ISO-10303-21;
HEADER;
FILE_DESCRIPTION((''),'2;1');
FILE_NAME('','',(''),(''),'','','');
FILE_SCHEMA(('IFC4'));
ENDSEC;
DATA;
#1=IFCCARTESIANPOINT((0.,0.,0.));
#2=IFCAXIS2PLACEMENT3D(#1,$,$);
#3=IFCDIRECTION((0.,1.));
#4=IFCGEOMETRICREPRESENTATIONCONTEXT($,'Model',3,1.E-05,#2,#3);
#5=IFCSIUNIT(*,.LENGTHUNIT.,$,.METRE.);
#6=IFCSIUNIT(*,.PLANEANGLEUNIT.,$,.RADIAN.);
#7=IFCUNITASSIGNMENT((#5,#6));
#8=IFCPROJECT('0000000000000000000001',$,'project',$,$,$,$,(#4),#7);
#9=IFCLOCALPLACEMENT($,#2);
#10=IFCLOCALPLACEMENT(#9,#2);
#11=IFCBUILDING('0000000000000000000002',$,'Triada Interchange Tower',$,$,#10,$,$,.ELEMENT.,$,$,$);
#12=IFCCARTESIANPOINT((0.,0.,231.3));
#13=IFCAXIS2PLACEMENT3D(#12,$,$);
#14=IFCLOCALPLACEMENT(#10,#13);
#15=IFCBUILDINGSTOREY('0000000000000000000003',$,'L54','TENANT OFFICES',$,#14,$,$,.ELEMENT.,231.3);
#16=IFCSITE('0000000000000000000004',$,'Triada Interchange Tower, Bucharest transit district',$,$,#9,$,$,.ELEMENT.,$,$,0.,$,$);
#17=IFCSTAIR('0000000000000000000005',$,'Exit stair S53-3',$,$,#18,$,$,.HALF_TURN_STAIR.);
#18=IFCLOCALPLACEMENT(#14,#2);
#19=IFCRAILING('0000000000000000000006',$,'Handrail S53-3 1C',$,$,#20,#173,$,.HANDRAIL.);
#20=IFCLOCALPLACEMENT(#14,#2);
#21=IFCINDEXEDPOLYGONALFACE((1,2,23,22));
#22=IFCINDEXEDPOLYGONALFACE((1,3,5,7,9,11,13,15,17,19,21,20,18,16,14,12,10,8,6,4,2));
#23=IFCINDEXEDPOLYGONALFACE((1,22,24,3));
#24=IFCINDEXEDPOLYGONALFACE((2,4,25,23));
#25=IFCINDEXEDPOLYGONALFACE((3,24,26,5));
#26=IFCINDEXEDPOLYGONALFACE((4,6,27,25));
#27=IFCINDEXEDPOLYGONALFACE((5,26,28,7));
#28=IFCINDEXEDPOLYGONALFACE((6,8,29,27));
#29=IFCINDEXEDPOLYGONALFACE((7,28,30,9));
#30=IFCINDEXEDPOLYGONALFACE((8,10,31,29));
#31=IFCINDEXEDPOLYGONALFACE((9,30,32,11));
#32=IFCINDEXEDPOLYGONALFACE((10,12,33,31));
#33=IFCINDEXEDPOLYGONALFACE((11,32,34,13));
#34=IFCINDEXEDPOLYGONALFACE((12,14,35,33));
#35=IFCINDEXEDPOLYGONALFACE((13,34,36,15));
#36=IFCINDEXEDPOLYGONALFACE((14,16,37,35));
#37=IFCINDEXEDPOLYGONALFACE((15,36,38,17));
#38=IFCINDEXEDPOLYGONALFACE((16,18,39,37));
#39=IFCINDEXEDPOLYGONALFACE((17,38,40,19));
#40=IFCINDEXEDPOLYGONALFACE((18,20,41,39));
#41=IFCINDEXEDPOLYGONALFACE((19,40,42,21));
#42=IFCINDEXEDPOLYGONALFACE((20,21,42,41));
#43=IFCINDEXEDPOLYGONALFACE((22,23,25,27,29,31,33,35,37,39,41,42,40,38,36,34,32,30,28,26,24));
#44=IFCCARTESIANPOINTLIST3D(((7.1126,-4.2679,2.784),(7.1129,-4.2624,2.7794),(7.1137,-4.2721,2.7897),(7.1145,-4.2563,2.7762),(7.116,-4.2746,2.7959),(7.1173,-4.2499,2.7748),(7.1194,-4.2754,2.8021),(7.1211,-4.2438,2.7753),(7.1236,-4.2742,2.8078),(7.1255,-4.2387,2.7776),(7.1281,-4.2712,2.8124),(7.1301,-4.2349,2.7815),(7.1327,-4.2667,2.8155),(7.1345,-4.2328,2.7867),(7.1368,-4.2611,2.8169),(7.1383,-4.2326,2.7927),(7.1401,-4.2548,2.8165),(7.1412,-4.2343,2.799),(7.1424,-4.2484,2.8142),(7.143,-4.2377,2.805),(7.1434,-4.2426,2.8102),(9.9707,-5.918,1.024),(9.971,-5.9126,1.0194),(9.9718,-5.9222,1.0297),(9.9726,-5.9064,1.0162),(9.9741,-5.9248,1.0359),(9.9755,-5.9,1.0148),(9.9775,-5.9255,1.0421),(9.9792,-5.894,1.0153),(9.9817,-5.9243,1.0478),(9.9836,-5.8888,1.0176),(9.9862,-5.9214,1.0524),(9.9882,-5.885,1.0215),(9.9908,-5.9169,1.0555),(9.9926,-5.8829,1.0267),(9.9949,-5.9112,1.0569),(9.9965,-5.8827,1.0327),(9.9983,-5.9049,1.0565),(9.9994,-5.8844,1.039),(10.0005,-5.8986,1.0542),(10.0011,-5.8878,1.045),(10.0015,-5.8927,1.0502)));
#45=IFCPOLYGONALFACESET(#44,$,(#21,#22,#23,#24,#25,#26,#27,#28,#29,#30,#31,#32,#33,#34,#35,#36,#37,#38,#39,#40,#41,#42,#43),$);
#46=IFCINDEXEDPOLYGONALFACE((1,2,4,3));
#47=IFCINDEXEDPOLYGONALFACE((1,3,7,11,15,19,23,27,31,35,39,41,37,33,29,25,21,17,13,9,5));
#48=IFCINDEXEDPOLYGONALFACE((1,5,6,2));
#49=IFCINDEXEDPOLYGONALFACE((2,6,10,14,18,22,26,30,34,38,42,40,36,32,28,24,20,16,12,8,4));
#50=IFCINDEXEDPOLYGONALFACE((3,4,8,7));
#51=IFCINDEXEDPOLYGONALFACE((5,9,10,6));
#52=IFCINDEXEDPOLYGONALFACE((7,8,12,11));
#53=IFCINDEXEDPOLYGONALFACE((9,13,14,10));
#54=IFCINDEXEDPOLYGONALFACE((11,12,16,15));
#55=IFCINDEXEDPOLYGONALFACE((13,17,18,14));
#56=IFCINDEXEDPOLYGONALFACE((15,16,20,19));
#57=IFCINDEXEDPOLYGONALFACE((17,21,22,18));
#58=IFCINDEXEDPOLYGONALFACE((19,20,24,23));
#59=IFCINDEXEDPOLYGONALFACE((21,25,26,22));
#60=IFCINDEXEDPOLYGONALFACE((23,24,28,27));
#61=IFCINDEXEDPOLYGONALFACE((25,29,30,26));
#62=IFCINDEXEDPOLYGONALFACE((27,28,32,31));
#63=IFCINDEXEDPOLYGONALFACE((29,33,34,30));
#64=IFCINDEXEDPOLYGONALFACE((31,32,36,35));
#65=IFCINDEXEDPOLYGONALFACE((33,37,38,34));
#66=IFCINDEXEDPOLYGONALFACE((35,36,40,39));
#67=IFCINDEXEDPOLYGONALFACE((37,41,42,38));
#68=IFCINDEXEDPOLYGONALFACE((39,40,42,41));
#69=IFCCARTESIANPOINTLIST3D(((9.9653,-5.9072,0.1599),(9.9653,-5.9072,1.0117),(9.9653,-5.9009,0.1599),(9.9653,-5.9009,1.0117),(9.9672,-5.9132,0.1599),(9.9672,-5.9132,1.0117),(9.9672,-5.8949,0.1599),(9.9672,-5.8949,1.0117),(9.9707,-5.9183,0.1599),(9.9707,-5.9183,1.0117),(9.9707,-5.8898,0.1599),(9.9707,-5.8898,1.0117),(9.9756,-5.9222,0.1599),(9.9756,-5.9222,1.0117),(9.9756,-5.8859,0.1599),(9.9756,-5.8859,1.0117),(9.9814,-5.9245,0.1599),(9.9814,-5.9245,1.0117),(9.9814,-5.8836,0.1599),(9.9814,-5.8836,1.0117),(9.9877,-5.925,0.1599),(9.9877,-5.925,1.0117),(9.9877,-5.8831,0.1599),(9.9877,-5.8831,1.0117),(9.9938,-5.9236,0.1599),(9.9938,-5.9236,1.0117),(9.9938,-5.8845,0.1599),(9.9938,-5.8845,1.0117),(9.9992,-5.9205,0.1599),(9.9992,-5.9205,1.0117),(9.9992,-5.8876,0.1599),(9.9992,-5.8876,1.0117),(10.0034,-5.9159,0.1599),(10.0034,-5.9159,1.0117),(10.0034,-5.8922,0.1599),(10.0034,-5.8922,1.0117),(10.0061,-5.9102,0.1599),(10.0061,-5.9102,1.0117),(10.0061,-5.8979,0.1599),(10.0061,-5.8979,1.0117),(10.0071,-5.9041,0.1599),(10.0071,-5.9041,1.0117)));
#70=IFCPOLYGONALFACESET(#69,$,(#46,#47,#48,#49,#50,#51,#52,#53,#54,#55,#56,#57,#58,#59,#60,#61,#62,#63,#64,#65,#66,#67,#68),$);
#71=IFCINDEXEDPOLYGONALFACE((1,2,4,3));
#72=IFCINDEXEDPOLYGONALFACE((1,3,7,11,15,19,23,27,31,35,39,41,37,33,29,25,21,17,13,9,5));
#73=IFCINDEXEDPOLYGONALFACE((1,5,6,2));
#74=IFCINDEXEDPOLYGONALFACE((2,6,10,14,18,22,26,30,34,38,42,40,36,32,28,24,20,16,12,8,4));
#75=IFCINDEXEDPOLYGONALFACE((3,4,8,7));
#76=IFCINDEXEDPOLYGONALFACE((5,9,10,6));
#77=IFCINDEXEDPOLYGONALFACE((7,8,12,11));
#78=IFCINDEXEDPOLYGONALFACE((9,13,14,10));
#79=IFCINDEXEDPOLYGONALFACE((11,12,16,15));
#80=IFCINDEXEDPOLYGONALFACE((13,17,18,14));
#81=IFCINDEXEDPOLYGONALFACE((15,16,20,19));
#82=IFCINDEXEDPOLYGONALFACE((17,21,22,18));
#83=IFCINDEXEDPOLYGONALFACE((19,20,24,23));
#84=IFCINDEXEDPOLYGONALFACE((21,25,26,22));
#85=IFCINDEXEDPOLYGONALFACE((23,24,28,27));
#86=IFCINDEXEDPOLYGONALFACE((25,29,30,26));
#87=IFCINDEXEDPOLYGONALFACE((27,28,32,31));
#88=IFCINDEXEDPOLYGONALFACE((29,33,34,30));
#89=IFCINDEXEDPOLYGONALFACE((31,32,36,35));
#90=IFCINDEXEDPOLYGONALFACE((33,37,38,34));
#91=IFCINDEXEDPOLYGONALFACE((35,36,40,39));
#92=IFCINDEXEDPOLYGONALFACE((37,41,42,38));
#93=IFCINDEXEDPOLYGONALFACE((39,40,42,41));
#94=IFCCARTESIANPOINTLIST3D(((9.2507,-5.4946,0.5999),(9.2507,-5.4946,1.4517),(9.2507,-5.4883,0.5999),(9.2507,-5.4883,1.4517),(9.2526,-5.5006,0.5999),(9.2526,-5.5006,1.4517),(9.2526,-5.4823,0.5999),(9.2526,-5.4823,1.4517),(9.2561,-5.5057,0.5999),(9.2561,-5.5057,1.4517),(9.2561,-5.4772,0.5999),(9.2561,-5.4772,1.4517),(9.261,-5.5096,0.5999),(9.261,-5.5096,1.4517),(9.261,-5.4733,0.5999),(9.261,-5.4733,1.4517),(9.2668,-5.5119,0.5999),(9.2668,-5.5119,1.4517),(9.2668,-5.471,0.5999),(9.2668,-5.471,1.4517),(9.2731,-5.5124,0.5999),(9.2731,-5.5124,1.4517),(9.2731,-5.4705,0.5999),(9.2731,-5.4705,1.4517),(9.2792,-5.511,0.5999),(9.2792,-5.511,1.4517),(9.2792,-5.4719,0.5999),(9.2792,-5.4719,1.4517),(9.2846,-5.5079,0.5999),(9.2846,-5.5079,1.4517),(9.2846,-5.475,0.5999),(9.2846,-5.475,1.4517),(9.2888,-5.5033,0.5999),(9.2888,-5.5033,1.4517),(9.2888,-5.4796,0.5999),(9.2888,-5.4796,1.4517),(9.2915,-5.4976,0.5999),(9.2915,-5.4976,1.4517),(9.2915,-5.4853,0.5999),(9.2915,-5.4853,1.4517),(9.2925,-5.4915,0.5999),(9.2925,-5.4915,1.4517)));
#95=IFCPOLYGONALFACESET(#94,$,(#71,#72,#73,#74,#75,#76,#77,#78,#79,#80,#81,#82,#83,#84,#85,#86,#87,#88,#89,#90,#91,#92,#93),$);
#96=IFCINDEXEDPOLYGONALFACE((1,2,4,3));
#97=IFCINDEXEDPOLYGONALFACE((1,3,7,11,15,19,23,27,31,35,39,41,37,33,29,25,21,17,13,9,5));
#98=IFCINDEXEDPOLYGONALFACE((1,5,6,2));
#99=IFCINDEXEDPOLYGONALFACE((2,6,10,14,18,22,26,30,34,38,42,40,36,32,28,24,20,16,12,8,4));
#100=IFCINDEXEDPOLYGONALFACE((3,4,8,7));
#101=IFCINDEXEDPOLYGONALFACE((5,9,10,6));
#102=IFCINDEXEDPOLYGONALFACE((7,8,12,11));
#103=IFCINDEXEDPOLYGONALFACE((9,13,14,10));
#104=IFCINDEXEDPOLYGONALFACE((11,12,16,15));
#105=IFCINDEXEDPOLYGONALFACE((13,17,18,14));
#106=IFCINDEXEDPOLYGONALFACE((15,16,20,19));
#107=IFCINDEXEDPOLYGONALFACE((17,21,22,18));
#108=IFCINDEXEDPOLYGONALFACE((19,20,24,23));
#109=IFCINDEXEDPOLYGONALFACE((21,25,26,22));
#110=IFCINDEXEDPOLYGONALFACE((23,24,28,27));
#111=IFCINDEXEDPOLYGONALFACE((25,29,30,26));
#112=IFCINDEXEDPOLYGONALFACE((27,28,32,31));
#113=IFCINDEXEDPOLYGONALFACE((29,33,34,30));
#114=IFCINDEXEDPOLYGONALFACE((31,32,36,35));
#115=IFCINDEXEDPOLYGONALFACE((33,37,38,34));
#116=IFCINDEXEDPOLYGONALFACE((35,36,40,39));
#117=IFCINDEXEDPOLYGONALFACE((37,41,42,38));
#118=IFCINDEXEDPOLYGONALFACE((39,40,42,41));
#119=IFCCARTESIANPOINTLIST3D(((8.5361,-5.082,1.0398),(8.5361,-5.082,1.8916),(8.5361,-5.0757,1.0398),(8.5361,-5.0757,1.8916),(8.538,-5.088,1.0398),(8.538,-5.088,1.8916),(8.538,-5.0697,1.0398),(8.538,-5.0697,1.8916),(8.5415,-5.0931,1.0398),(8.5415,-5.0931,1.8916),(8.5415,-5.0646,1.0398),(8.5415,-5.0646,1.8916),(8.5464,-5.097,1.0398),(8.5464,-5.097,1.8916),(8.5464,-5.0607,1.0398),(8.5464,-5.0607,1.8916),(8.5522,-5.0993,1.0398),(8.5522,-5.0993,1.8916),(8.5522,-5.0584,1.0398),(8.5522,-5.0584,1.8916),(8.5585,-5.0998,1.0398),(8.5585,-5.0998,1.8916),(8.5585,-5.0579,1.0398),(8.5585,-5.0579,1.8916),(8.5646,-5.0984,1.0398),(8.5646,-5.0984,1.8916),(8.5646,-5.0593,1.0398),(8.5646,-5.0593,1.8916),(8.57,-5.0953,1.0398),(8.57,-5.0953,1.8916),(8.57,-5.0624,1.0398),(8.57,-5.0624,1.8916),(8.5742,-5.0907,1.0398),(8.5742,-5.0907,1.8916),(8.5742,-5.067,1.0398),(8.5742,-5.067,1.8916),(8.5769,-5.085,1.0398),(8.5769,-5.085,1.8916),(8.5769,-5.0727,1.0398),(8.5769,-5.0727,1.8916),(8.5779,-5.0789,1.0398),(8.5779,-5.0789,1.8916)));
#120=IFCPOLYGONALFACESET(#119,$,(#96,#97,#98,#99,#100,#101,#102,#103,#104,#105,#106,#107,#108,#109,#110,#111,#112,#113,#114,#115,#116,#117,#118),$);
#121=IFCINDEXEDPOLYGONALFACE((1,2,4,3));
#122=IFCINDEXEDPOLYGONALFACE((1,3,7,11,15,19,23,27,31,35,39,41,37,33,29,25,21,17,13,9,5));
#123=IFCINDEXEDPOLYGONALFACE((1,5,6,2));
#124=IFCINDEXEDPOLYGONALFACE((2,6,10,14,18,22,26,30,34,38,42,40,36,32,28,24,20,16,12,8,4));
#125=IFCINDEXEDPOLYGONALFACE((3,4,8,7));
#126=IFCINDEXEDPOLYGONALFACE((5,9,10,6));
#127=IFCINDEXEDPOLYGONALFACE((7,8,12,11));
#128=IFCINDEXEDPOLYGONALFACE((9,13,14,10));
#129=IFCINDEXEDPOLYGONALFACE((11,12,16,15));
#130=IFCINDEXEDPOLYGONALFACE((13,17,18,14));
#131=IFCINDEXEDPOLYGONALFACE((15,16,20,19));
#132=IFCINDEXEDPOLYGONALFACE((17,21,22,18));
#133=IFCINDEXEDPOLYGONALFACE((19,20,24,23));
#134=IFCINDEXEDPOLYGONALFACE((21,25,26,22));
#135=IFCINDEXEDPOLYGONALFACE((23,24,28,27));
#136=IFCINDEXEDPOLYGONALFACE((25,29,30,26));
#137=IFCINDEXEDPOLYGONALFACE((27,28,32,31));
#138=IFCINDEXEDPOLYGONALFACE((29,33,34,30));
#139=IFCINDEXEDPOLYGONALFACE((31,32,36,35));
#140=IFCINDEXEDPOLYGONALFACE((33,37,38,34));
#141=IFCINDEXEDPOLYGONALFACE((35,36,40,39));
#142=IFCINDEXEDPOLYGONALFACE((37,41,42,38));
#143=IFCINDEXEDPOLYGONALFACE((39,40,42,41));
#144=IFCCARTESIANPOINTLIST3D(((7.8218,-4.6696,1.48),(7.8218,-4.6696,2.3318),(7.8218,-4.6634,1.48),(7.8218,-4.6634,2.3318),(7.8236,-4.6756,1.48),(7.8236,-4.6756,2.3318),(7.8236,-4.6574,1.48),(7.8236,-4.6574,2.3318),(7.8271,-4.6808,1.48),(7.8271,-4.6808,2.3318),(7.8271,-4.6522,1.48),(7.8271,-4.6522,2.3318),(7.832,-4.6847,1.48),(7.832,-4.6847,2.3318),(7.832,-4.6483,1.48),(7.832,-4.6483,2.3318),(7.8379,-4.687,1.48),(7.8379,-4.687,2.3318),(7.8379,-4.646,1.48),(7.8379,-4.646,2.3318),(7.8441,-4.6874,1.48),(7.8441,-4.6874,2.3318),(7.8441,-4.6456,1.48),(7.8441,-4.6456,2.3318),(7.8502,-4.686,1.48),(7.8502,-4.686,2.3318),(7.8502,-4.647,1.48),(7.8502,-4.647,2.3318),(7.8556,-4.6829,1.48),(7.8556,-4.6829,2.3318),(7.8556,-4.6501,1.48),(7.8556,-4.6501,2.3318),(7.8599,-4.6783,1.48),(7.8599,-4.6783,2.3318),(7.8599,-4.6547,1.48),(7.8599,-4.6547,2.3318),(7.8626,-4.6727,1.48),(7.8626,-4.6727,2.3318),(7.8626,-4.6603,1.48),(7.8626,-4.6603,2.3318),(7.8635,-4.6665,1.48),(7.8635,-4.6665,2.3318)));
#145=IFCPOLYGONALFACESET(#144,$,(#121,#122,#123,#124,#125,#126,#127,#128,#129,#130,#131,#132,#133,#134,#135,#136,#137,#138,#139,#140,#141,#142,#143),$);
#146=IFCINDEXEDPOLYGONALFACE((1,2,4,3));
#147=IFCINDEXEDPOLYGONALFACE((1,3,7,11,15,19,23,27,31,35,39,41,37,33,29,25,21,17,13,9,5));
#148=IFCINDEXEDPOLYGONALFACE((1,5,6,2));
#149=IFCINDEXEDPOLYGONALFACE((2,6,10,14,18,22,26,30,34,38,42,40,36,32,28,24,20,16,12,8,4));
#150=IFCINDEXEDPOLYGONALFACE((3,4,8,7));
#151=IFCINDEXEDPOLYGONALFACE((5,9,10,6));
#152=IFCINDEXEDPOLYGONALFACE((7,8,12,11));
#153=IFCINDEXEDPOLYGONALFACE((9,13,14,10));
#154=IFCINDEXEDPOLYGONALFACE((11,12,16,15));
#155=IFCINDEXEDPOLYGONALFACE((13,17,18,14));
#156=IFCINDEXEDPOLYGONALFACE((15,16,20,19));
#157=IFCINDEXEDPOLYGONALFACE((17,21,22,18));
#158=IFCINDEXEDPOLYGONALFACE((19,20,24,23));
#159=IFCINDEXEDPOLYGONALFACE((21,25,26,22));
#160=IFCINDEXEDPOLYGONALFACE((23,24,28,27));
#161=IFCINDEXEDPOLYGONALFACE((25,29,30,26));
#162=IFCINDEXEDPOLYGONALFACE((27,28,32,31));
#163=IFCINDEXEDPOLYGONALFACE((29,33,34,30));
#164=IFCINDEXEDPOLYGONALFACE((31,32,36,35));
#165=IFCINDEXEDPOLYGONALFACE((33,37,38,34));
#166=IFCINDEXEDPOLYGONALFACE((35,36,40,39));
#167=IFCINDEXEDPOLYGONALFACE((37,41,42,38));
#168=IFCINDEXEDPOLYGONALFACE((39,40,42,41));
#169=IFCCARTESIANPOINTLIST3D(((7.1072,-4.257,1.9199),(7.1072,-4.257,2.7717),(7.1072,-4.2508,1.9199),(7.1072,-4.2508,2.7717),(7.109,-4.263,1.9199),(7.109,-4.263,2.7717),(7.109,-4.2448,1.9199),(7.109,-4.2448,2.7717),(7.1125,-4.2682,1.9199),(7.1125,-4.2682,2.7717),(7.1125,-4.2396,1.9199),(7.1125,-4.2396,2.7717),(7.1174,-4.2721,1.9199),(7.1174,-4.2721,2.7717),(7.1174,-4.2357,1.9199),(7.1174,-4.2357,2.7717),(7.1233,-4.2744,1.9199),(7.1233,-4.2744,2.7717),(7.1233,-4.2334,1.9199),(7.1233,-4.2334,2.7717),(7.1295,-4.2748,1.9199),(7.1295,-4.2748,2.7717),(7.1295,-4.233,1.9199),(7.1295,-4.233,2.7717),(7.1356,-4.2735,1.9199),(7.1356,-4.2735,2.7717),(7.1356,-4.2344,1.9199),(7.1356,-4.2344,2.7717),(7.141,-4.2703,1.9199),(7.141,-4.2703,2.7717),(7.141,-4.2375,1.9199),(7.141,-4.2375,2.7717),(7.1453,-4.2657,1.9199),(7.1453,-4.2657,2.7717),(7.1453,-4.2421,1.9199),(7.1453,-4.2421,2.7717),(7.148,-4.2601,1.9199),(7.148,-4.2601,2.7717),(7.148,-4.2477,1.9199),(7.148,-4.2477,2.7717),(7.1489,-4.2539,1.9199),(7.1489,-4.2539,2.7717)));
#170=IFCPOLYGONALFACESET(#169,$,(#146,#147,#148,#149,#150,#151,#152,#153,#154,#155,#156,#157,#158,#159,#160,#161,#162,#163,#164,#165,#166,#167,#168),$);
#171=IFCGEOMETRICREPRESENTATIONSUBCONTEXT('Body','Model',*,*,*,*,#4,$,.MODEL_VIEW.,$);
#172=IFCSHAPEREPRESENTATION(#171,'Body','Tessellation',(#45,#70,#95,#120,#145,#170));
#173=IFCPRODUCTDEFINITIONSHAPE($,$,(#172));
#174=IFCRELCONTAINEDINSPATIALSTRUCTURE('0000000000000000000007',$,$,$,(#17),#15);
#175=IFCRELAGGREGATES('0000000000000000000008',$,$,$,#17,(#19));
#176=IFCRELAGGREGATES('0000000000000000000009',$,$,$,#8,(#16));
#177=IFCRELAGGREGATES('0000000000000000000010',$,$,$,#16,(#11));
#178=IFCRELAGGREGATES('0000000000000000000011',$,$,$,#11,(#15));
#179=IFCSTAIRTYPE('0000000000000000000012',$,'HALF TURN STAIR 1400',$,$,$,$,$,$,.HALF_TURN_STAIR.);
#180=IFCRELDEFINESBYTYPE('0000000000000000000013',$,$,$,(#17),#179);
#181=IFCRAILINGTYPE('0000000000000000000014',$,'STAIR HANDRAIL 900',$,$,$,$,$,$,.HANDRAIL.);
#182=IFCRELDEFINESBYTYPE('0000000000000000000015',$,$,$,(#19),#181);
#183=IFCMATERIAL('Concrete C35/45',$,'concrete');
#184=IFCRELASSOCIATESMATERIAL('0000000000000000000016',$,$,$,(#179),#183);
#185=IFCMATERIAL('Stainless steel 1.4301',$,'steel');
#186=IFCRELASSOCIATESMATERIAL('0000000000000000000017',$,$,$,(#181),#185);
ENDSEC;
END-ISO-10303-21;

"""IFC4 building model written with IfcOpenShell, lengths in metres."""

from ifc_helpers import new_model, si_unit, direction, frame, origin, origin_2d, place, context, subcontext, project, spatial, circle, extrude, material, type_object, element, aggregate, save


model = new_model("IFC4")

# Units and contexts
model_context = context("Model", 3, precision=1e-05, world=origin(), true_north=direction((0.0, 1.0)))
body_context = subcontext(model_context, "Body", "Model", "MODEL_VIEW")
ifc_project = project(units=[si_unit("LENGTHUNIT", "METRE"), si_unit("PLANEANGLEUNIT", "RADIAN")], contexts=[model_context])

# Site, building, storey
site_placement = place(None, origin())
site = spatial("IfcSite", under=ifc_project, at=site_placement, Name="Triada Interchange Tower, Bucharest transit district", CompositionType="ELEMENT", RefElevation=0.0)
building_placement = place(site_placement, origin())
building = spatial("IfcBuilding", under=site, at=building_placement, Name="Triada Interchange Tower", CompositionType="ELEMENT")
storey_placement = place(building_placement, frame((0.0, 0.0, 231.3)))
storey = spatial("IfcBuildingStorey", under=building, at=storey_placement, Name="L54", Description="TENANT OFFICES", CompositionType="ELEMENT", Elevation=231.3)

# Stair, railing
ifc_material_1 = material(Name="Concrete C35/45", Category="concrete")
stair_type = type_object("IfcStairType", Name="HALF TURN STAIR 1400", PredefinedType="HALF_TURN_STAIR", material=ifc_material_1)
stair_placement = place(storey_placement, origin())
stair = element("IfcStair", 1, at=stair_placement, inside=storey, type_object=stair_type, Name="Exit stair S53-3", PredefinedType="HALF_TURN_STAIR")
ifc_material_2 = material(Name="Stainless steel 1.4301", Category="steel")
railing_type = type_object("IfcRailingType", Name="STAIR HANDRAIL 900", PredefinedType="HANDRAIL", material=ifc_material_2)
railing_1_placement = place(storey_placement, frame((9.9861, -5.9041, 0.1599)))
railing_1 = element("IfcRailing", 2, at=railing_1_placement, type_object=railing_type, Name="Handrail S53-3 1C", PredefinedType="HANDRAIL", context=body_context, shape_type="SweptSolid", body=[
    extrude(circle(Radius=0.0239, at=origin_2d()), frame((0.0, 0.0, 0.876), z_axis=(-0.764156, 0.441183, 0.470556), x_axis=(-0.499998, -0.866027, 0.0)), (0.0, 0.0, 1.0), 3.7402),
    extrude(circle(Radius=0.021, at=origin_2d()), origin(), (0.0, 0.0, 1.0), 0.8518),
    extrude(circle(Radius=0.021, at=origin_2d()), frame((-0.7146, 0.4126, 0.4399)), (0.0, 0.0, 1.0), 0.8518),
    extrude(circle(Radius=0.021, at=origin_2d()), frame((-1.4292, 0.8252, 0.8799)), (0.0, 0.0, 1.0), 0.8518),
    extrude(circle(Radius=0.021, at=origin_2d()), frame((-2.1436, 1.2375, 1.3201)), (0.0, 0.0, 1.0), 0.8518),
    extrude(circle(Radius=0.021, at=origin_2d()), frame((-2.8582, 1.6501, 1.76)), (0.0, 0.0, 1.0), 0.8518),
])
aggregate(stair, [railing_1])

save(model, "model.ifc")
